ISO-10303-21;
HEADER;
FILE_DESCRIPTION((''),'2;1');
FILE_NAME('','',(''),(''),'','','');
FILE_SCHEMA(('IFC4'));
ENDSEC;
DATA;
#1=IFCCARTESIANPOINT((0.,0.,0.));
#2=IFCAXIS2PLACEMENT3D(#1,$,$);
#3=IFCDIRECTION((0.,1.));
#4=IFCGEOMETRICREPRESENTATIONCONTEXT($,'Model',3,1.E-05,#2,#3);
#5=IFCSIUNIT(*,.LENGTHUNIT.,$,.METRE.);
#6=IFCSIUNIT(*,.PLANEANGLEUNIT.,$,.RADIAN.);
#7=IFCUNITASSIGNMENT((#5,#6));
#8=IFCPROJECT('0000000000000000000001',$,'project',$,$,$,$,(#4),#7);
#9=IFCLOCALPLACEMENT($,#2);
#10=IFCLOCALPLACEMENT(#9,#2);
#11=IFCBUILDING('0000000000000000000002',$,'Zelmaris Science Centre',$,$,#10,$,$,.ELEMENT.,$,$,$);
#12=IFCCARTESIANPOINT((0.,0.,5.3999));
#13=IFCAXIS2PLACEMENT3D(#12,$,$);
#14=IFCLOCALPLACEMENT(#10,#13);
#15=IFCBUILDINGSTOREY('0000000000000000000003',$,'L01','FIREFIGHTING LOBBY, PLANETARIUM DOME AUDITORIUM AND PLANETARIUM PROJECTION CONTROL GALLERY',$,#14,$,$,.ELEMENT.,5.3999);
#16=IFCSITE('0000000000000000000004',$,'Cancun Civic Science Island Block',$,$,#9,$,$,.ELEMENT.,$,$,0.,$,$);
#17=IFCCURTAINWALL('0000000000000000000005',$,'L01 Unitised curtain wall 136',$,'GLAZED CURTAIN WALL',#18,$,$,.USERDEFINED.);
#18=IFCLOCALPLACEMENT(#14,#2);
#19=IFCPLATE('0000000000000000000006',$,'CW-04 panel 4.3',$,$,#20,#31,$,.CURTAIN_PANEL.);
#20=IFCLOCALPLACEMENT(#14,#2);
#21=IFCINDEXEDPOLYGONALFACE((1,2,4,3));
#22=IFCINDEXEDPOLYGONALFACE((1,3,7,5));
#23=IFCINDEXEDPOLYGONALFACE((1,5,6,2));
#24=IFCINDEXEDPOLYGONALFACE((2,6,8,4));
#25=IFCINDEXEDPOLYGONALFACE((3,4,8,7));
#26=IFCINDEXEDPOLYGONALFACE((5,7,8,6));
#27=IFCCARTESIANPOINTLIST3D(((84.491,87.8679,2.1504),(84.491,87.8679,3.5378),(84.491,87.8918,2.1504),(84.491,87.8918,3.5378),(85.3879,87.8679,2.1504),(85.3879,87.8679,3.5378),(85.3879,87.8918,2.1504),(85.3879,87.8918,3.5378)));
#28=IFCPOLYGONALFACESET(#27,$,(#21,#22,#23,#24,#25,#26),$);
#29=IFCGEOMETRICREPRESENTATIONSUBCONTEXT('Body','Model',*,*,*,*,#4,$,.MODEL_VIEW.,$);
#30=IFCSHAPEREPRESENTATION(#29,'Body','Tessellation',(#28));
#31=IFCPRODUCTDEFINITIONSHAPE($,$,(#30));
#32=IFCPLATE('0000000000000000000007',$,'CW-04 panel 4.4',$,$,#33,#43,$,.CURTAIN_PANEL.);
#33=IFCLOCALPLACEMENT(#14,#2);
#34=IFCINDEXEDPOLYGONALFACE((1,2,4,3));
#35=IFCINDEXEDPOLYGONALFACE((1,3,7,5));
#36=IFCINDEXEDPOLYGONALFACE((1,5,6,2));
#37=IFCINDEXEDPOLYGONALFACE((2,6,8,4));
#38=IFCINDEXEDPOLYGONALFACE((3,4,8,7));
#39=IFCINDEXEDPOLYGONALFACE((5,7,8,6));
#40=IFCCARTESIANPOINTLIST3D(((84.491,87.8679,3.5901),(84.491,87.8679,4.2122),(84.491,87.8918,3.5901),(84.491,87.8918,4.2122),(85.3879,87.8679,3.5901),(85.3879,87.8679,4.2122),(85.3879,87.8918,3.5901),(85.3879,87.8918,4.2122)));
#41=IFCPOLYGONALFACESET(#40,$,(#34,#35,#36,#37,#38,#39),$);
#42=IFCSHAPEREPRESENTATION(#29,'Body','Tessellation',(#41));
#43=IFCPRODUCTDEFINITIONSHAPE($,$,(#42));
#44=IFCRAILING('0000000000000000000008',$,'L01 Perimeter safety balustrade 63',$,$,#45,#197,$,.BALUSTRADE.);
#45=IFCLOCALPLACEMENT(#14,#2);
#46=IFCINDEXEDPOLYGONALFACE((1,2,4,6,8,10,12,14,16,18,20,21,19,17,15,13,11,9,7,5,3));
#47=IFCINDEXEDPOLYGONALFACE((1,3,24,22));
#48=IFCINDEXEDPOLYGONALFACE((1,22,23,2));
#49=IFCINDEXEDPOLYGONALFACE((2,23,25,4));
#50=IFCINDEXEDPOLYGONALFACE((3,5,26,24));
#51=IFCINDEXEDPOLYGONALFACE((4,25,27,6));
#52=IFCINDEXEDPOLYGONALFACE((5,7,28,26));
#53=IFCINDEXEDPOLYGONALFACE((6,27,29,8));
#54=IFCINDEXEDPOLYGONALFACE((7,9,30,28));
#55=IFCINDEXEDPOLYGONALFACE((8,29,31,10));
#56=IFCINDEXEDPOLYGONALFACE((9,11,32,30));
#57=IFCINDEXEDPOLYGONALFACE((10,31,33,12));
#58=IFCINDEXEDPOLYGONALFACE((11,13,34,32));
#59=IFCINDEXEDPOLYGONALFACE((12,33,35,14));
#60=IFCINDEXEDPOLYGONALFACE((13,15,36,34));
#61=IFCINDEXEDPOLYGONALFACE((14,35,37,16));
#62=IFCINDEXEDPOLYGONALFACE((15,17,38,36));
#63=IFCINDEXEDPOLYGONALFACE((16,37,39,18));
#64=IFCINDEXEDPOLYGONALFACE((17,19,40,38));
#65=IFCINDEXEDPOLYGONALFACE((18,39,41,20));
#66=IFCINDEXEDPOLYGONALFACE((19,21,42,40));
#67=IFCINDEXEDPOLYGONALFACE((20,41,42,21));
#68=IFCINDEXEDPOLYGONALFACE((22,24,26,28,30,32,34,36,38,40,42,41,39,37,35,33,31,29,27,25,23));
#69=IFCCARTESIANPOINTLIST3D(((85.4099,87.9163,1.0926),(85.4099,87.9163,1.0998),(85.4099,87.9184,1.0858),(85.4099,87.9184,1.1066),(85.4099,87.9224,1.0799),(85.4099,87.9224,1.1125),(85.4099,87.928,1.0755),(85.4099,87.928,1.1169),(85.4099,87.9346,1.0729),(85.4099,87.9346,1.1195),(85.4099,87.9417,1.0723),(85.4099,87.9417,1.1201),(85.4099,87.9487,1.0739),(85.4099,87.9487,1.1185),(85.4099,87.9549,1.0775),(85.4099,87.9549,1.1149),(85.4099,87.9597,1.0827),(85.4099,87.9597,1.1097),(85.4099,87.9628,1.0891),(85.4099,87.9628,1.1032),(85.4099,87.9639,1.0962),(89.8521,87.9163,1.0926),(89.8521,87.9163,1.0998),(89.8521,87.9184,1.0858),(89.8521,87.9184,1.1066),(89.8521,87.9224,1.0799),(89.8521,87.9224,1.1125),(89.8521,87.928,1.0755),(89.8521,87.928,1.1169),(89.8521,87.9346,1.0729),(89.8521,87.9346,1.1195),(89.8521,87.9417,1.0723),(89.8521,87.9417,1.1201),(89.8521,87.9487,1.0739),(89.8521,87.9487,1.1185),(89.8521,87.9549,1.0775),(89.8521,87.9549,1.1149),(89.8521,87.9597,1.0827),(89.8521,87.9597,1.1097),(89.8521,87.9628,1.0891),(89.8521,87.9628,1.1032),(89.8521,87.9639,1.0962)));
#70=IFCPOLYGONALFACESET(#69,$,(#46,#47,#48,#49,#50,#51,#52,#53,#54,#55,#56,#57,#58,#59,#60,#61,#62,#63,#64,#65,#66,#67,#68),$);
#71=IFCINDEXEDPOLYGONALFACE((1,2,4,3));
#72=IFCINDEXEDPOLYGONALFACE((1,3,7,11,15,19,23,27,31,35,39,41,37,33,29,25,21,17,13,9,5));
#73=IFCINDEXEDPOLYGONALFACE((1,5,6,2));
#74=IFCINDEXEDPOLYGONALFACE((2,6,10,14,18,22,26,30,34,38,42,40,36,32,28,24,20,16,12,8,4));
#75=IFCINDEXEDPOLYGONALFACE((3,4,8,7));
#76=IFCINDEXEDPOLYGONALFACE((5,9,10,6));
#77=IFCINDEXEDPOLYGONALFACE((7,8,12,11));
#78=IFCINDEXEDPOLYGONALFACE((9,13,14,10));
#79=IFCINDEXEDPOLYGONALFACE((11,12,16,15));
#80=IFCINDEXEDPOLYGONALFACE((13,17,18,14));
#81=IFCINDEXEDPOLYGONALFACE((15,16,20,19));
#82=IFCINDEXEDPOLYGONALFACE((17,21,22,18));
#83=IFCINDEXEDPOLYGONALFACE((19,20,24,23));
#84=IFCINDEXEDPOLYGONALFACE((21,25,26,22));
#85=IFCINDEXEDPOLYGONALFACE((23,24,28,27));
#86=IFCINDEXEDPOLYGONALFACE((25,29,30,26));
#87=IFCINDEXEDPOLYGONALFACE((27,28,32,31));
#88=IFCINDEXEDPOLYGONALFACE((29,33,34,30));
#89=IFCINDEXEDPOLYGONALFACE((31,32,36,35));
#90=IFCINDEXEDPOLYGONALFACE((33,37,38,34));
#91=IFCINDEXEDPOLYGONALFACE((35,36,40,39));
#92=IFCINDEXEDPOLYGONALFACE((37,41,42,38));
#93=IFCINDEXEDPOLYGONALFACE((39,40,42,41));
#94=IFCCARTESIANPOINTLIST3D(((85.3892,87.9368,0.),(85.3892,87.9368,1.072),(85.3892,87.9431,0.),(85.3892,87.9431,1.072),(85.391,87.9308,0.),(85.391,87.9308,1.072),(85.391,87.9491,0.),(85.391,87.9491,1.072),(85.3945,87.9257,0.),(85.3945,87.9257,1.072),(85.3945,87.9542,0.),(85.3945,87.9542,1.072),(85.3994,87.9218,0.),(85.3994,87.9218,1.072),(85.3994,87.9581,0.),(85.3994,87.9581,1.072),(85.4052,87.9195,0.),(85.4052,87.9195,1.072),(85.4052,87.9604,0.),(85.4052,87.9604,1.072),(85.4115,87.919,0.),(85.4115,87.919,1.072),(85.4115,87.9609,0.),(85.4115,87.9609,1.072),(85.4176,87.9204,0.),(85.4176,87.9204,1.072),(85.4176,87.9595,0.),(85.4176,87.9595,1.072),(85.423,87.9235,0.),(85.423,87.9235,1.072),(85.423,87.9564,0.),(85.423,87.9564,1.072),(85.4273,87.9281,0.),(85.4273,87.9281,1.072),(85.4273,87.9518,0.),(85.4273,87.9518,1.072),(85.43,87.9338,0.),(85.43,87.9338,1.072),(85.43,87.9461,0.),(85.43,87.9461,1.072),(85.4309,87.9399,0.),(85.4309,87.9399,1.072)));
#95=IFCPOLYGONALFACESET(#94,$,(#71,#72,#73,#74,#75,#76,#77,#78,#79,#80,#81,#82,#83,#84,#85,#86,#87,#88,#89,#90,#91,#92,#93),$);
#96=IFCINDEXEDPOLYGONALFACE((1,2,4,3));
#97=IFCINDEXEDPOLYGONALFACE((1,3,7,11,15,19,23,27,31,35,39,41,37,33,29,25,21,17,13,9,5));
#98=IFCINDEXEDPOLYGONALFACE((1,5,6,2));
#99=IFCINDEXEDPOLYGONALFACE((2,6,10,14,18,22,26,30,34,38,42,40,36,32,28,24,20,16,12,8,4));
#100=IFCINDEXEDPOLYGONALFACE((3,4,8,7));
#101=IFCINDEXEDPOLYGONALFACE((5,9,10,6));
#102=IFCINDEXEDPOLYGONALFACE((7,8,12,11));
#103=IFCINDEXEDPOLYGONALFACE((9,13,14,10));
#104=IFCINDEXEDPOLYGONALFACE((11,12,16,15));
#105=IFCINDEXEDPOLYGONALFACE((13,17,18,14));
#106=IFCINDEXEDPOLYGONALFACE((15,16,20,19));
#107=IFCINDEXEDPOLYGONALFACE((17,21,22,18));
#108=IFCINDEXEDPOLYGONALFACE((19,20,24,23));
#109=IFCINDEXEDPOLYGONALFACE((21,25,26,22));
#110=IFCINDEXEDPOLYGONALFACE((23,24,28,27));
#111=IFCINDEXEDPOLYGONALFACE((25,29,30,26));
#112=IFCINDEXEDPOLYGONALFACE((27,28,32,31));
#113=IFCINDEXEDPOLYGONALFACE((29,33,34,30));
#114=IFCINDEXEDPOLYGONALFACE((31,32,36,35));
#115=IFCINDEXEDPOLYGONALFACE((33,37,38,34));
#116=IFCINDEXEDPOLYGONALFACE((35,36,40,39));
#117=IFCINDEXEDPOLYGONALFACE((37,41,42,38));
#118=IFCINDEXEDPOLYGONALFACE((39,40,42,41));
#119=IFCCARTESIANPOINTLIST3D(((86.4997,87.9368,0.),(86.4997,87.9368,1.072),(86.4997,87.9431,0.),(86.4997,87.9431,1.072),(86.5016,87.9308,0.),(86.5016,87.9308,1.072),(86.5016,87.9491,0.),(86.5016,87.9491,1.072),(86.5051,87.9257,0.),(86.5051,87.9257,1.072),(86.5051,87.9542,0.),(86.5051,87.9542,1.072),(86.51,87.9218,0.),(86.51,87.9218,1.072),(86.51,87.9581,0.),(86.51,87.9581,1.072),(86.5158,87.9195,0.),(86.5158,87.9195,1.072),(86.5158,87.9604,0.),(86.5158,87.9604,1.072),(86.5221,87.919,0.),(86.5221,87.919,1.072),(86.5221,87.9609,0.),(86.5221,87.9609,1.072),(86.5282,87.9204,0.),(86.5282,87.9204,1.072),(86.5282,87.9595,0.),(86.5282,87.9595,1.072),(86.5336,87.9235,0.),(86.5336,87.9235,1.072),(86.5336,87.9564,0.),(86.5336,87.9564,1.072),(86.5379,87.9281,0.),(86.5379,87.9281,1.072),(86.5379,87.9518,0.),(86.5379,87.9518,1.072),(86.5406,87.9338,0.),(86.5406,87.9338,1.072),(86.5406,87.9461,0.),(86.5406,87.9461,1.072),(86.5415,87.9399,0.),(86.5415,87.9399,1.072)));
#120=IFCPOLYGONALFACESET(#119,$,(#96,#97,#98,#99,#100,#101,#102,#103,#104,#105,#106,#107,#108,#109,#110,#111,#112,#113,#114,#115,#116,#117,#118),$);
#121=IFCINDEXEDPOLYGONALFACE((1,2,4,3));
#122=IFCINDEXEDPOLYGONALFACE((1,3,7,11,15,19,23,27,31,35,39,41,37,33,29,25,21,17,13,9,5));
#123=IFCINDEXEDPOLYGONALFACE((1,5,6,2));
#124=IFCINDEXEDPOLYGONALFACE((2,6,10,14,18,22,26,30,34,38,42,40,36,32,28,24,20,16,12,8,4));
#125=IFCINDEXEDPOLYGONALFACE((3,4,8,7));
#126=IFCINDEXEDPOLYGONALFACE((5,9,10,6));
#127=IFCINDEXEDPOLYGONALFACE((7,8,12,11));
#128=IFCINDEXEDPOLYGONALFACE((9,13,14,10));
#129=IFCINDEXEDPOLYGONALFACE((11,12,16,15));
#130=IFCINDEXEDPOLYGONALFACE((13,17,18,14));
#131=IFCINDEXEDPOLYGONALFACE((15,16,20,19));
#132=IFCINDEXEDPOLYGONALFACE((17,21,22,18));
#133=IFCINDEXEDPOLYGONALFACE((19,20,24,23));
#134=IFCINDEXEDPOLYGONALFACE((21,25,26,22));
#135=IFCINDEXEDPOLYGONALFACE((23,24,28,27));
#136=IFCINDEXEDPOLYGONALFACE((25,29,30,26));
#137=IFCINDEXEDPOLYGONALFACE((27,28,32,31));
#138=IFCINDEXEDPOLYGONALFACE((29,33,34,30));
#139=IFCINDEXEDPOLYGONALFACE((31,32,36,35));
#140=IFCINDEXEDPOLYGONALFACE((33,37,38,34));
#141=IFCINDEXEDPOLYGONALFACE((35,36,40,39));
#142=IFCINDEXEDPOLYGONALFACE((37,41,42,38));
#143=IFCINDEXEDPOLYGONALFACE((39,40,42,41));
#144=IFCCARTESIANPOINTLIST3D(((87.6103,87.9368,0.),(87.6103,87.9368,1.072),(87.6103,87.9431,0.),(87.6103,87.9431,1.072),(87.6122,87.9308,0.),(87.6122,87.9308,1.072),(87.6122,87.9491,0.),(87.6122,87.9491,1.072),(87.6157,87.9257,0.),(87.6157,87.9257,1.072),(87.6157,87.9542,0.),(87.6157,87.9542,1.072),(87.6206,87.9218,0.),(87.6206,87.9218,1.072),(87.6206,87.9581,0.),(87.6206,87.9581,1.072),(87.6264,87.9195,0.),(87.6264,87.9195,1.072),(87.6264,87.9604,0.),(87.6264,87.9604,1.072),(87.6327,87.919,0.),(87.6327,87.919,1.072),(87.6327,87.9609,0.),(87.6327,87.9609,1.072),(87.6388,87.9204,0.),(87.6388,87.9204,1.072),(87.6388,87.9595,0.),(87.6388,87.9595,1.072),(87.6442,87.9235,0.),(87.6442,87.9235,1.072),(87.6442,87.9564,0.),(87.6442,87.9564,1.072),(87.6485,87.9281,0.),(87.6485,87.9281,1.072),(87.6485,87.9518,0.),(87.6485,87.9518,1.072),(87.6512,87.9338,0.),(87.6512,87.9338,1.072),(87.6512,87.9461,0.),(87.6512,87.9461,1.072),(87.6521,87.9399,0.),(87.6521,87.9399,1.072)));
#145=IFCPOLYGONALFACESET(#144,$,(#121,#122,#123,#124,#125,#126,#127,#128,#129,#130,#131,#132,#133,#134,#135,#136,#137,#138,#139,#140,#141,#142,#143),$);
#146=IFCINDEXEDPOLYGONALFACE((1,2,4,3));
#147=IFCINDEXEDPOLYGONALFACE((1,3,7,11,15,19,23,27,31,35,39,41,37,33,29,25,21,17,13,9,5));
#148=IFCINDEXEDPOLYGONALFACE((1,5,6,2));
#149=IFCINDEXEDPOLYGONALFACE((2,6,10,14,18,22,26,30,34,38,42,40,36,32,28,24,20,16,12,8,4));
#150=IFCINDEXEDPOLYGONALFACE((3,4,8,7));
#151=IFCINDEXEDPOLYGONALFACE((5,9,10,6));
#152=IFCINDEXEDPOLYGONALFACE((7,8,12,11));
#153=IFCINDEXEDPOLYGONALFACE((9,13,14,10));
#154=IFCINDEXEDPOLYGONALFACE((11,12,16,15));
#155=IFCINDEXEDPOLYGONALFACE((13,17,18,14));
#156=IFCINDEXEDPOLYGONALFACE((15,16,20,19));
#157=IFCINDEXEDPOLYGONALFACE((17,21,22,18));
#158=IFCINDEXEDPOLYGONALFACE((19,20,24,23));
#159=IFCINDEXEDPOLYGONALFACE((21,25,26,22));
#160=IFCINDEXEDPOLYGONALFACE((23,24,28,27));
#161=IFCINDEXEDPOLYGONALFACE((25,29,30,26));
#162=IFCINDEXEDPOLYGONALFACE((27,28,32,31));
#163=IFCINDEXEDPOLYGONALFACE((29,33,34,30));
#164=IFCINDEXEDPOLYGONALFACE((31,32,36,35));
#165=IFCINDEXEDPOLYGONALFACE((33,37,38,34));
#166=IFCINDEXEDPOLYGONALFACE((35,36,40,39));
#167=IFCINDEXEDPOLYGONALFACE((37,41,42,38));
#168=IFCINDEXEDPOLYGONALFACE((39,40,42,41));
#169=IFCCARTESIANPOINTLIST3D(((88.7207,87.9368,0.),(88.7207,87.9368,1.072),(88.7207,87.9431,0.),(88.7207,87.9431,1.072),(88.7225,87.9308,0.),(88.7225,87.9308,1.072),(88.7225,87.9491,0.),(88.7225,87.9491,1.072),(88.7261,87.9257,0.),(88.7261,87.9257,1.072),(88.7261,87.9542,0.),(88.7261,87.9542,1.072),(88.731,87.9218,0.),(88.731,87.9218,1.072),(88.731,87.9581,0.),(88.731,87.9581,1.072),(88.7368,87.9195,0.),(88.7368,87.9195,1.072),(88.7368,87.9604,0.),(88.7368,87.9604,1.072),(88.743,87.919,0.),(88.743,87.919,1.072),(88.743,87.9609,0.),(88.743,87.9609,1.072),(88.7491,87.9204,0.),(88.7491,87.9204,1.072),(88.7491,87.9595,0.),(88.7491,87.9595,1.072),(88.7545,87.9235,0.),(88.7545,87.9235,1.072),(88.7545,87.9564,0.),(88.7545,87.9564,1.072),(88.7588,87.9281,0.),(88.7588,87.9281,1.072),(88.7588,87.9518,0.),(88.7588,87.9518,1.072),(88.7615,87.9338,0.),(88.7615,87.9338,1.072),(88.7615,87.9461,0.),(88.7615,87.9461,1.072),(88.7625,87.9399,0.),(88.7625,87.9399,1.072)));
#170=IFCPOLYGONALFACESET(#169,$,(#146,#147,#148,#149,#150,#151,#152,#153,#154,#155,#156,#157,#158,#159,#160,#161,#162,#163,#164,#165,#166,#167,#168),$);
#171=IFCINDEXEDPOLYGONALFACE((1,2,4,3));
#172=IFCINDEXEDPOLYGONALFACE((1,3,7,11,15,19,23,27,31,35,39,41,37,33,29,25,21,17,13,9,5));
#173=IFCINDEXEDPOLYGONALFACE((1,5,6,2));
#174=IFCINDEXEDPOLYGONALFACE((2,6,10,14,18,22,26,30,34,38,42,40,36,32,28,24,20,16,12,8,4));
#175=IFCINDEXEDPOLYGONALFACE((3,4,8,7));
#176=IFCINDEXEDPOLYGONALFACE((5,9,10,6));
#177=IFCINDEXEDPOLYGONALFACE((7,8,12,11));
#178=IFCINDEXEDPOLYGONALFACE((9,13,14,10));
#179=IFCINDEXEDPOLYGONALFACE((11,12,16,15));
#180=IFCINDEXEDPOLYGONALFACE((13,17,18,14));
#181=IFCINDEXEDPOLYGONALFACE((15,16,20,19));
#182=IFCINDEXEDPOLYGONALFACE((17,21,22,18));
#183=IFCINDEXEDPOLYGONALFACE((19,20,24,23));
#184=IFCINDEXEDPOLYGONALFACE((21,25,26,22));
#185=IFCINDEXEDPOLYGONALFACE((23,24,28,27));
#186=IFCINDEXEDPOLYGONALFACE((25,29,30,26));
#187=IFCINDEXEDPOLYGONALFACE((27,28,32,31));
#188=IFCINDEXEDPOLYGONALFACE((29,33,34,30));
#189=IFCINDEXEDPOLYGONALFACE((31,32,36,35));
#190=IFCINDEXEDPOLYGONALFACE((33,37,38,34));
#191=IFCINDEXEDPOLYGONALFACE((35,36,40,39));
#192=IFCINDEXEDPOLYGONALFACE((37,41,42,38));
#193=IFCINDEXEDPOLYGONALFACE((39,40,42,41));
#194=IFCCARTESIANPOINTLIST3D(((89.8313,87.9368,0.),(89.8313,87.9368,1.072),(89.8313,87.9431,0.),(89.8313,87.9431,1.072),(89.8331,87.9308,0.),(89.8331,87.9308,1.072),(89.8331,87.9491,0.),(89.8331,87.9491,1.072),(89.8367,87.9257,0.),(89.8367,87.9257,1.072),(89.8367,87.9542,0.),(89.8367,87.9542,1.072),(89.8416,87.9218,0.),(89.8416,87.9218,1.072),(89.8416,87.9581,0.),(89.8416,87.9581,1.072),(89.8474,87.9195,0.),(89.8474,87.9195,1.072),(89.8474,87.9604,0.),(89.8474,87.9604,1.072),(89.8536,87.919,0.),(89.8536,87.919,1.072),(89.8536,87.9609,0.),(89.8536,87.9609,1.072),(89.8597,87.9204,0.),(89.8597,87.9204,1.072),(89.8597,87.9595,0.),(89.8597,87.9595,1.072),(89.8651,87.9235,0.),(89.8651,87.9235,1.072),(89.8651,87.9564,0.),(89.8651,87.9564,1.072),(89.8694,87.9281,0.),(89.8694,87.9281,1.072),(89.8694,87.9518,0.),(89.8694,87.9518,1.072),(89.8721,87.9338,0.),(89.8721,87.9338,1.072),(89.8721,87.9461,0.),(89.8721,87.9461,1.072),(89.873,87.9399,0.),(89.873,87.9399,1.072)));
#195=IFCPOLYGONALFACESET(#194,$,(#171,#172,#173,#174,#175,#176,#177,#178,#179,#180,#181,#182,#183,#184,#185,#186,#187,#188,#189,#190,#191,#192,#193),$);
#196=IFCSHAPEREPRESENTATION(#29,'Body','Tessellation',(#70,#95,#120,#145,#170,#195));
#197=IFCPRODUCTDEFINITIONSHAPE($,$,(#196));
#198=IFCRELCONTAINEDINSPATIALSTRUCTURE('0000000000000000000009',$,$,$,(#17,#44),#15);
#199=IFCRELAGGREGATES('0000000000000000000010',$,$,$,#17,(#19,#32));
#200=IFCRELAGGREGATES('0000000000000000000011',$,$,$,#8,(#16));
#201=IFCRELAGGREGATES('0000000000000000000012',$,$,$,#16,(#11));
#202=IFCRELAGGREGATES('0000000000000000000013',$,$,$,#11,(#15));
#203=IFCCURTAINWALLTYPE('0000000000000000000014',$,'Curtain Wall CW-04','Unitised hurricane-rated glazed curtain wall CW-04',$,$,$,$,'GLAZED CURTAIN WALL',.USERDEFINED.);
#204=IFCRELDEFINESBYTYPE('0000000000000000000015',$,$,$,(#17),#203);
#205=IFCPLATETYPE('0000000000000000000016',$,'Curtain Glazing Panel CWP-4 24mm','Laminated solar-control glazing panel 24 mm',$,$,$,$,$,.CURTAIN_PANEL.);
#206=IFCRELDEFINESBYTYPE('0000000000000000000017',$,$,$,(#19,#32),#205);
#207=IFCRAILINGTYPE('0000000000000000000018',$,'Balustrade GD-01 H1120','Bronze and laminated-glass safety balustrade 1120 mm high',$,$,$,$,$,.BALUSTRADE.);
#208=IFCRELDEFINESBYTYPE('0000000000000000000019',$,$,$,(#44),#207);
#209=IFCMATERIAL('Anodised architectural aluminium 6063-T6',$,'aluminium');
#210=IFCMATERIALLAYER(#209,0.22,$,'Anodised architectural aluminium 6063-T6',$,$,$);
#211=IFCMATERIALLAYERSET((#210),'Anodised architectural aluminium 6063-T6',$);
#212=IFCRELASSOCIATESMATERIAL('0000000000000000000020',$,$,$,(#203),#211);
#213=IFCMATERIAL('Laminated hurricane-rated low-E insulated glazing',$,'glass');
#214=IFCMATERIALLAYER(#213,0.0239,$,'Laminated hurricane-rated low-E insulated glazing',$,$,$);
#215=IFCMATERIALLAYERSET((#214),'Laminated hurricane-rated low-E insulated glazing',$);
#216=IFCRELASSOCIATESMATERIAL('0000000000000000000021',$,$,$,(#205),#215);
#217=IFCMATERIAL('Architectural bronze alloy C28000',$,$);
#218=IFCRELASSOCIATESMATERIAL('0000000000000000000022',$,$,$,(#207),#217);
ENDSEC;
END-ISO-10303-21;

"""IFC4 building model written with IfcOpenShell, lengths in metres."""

from ifc_helpers import new_model, si_unit, direction, frame, origin, origin_2d, place, context, subcontext, project, spatial, rectangle, circle, extrude, material, layer, layer_set, type_object, element, aggregate, save


model = new_model("IFC4")

# Units and contexts
model_context = context("Model", 3, precision=1e-05, world=origin(), true_north=direction((0.0, 1.0)))
body_context = subcontext(model_context, "Body", "Model", "MODEL_VIEW")
ifc_project = project(units=[si_unit("LENGTHUNIT", "METRE"), si_unit("PLANEANGLEUNIT", "RADIAN")], contexts=[model_context])

# Site, building, storey
site_placement = place(None, origin())
site = spatial("IfcSite", under=ifc_project, at=site_placement, Name="Cancun Civic Science Island Block", CompositionType="ELEMENT", RefElevation=0.0)
building_placement = place(site_placement, origin())
building = spatial("IfcBuilding", under=site, at=building_placement, Name="Zelmaris Science Centre", CompositionType="ELEMENT")
storey_placement = place(building_placement, frame((0.0, 0.0, 5.3999)))
storey = spatial("IfcBuildingStorey", under=building, at=storey_placement, Name="L01", Description="FIREFIGHTING LOBBY, PLANETARIUM DOME AUDITORIUM AND PLANETARIUM PROJECTION CONTROL GALLERY", CompositionType="ELEMENT", Elevation=5.3999)

# Curtain wall
ifc_material_1 = material(Name="Anodised architectural aluminium 6063-T6", Category="aluminium")
ifc_layer_1 = layer(ifc_material_1, 0.22, Name="Anodised architectural aluminium 6063-T6")
ifc_layer_set_1 = layer_set([ifc_layer_1], Name="Anodised architectural aluminium 6063-T6")
curtain_wall_type_1 = type_object("IfcCurtainWallType", Name="Curtain Wall CW-04", Description="Unitised hurricane-rated glazed curtain wall CW-04", ElementType="GLAZED CURTAIN WALL", PredefinedType="USERDEFINED", material=ifc_layer_set_1)
curtain_wall_1_placement = place(storey_placement, origin())
curtain_wall_1 = element("IfcCurtainWall", 1, at=curtain_wall_1_placement, inside=storey, type_object=curtain_wall_type_1, Name="L01 Unitised curtain wall 136", ObjectType="GLAZED CURTAIN WALL", PredefinedType="USERDEFINED")

# Plates
ifc_material_2 = material(Name="Laminated hurricane-rated low-E insulated glazing", Category="glass")
ifc_layer_2 = layer(ifc_material_2, 0.0239, Name="Laminated hurricane-rated low-E insulated glazing")
ifc_layer_set_2 = layer_set([ifc_layer_2], Name="Laminated hurricane-rated low-E insulated glazing")
plate_type_1 = type_object("IfcPlateType", Name="Curtain Glazing Panel CWP-4 24mm", Description="Laminated solar-control glazing panel 24 mm", PredefinedType="CURTAIN_PANEL", material=ifc_layer_set_2)
plate_1_placement = place(storey_placement, frame((84.9395, 87.8799, 2.1504), z_axis=(0.0, 0.0, 1.0), x_axis=(1.0, 0.0, 0.0)))
plate_1 = element("IfcPlate", 2, at=plate_1_placement, type_object=plate_type_1, Name="CW-04 panel 4.3", PredefinedType="CURTAIN_PANEL", context=body_context, shape_type="SweptSolid", body=[
    extrude(rectangle(XDim=0.897, YDim=0.0239, at=origin_2d()), origin(), (0.0, 0.0, 1.0), 1.3875),
])
plate_2_placement = place(storey_placement, frame((84.9395, 87.8799, 3.5901), z_axis=(0.0, 0.0, 1.0), x_axis=(1.0, 0.0, 0.0)))
plate_2 = element("IfcPlate", 3, at=plate_2_placement, type_object=plate_type_1, Name="CW-04 panel 4.4", PredefinedType="CURTAIN_PANEL", context=body_context, shape_type="SweptSolid", body=[
    extrude(rectangle(XDim=0.897, YDim=0.0239, at=origin_2d()), origin(), (0.0, 0.0, 1.0), 0.6221),
])
aggregate(curtain_wall_1, [plate_1, plate_2])

# Railing
ifc_material_3 = material(Name="Architectural bronze alloy C28000")
railing_type = type_object("IfcRailingType", Name="Balustrade GD-01 H1120", Description="Bronze and laminated-glass safety balustrade 1120 mm high", PredefinedType="BALUSTRADE", material=ifc_material_3)
railing_1_placement = place(storey_placement, frame((85.4099, 87.9399, 0.0)))
element("IfcRailing", 4, at=railing_1_placement, inside=storey, type_object=railing_type, Name="L01 Perimeter safety balustrade 63", PredefinedType="BALUSTRADE", context=body_context, shape_type="SweptSolid", body=[
    extrude(circle(Radius=0.0239, at=origin_2d()), frame((0.0, 0.0, 1.0962), z_axis=(1.0, 0.0, 0.0), x_axis=(0.0, 1.0, 0.0)), (0.0, 0.0, 1.0), 4.4421),
    extrude(circle(Radius=0.021, at=origin_2d()), origin(), (0.0, 0.0, 1.0), 1.072),
    extrude(circle(Radius=0.021, at=origin_2d()), frame((1.1106, 0.0, 0.0)), (0.0, 0.0, 1.0), 1.072),
    extrude(circle(Radius=0.021, at=origin_2d()), frame((2.2212, 0.0, 0.0)), (0.0, 0.0, 1.0), 1.072),
    extrude(circle(Radius=0.021, at=origin_2d()), frame((3.3315, 0.0, 0.0)), (0.0, 0.0, 1.0), 1.072),
    extrude(circle(Radius=0.021, at=origin_2d()), frame((4.4421, 0.0, 0.0)), (0.0, 0.0, 1.0), 1.072),
])

save(model, "model.ifc")
